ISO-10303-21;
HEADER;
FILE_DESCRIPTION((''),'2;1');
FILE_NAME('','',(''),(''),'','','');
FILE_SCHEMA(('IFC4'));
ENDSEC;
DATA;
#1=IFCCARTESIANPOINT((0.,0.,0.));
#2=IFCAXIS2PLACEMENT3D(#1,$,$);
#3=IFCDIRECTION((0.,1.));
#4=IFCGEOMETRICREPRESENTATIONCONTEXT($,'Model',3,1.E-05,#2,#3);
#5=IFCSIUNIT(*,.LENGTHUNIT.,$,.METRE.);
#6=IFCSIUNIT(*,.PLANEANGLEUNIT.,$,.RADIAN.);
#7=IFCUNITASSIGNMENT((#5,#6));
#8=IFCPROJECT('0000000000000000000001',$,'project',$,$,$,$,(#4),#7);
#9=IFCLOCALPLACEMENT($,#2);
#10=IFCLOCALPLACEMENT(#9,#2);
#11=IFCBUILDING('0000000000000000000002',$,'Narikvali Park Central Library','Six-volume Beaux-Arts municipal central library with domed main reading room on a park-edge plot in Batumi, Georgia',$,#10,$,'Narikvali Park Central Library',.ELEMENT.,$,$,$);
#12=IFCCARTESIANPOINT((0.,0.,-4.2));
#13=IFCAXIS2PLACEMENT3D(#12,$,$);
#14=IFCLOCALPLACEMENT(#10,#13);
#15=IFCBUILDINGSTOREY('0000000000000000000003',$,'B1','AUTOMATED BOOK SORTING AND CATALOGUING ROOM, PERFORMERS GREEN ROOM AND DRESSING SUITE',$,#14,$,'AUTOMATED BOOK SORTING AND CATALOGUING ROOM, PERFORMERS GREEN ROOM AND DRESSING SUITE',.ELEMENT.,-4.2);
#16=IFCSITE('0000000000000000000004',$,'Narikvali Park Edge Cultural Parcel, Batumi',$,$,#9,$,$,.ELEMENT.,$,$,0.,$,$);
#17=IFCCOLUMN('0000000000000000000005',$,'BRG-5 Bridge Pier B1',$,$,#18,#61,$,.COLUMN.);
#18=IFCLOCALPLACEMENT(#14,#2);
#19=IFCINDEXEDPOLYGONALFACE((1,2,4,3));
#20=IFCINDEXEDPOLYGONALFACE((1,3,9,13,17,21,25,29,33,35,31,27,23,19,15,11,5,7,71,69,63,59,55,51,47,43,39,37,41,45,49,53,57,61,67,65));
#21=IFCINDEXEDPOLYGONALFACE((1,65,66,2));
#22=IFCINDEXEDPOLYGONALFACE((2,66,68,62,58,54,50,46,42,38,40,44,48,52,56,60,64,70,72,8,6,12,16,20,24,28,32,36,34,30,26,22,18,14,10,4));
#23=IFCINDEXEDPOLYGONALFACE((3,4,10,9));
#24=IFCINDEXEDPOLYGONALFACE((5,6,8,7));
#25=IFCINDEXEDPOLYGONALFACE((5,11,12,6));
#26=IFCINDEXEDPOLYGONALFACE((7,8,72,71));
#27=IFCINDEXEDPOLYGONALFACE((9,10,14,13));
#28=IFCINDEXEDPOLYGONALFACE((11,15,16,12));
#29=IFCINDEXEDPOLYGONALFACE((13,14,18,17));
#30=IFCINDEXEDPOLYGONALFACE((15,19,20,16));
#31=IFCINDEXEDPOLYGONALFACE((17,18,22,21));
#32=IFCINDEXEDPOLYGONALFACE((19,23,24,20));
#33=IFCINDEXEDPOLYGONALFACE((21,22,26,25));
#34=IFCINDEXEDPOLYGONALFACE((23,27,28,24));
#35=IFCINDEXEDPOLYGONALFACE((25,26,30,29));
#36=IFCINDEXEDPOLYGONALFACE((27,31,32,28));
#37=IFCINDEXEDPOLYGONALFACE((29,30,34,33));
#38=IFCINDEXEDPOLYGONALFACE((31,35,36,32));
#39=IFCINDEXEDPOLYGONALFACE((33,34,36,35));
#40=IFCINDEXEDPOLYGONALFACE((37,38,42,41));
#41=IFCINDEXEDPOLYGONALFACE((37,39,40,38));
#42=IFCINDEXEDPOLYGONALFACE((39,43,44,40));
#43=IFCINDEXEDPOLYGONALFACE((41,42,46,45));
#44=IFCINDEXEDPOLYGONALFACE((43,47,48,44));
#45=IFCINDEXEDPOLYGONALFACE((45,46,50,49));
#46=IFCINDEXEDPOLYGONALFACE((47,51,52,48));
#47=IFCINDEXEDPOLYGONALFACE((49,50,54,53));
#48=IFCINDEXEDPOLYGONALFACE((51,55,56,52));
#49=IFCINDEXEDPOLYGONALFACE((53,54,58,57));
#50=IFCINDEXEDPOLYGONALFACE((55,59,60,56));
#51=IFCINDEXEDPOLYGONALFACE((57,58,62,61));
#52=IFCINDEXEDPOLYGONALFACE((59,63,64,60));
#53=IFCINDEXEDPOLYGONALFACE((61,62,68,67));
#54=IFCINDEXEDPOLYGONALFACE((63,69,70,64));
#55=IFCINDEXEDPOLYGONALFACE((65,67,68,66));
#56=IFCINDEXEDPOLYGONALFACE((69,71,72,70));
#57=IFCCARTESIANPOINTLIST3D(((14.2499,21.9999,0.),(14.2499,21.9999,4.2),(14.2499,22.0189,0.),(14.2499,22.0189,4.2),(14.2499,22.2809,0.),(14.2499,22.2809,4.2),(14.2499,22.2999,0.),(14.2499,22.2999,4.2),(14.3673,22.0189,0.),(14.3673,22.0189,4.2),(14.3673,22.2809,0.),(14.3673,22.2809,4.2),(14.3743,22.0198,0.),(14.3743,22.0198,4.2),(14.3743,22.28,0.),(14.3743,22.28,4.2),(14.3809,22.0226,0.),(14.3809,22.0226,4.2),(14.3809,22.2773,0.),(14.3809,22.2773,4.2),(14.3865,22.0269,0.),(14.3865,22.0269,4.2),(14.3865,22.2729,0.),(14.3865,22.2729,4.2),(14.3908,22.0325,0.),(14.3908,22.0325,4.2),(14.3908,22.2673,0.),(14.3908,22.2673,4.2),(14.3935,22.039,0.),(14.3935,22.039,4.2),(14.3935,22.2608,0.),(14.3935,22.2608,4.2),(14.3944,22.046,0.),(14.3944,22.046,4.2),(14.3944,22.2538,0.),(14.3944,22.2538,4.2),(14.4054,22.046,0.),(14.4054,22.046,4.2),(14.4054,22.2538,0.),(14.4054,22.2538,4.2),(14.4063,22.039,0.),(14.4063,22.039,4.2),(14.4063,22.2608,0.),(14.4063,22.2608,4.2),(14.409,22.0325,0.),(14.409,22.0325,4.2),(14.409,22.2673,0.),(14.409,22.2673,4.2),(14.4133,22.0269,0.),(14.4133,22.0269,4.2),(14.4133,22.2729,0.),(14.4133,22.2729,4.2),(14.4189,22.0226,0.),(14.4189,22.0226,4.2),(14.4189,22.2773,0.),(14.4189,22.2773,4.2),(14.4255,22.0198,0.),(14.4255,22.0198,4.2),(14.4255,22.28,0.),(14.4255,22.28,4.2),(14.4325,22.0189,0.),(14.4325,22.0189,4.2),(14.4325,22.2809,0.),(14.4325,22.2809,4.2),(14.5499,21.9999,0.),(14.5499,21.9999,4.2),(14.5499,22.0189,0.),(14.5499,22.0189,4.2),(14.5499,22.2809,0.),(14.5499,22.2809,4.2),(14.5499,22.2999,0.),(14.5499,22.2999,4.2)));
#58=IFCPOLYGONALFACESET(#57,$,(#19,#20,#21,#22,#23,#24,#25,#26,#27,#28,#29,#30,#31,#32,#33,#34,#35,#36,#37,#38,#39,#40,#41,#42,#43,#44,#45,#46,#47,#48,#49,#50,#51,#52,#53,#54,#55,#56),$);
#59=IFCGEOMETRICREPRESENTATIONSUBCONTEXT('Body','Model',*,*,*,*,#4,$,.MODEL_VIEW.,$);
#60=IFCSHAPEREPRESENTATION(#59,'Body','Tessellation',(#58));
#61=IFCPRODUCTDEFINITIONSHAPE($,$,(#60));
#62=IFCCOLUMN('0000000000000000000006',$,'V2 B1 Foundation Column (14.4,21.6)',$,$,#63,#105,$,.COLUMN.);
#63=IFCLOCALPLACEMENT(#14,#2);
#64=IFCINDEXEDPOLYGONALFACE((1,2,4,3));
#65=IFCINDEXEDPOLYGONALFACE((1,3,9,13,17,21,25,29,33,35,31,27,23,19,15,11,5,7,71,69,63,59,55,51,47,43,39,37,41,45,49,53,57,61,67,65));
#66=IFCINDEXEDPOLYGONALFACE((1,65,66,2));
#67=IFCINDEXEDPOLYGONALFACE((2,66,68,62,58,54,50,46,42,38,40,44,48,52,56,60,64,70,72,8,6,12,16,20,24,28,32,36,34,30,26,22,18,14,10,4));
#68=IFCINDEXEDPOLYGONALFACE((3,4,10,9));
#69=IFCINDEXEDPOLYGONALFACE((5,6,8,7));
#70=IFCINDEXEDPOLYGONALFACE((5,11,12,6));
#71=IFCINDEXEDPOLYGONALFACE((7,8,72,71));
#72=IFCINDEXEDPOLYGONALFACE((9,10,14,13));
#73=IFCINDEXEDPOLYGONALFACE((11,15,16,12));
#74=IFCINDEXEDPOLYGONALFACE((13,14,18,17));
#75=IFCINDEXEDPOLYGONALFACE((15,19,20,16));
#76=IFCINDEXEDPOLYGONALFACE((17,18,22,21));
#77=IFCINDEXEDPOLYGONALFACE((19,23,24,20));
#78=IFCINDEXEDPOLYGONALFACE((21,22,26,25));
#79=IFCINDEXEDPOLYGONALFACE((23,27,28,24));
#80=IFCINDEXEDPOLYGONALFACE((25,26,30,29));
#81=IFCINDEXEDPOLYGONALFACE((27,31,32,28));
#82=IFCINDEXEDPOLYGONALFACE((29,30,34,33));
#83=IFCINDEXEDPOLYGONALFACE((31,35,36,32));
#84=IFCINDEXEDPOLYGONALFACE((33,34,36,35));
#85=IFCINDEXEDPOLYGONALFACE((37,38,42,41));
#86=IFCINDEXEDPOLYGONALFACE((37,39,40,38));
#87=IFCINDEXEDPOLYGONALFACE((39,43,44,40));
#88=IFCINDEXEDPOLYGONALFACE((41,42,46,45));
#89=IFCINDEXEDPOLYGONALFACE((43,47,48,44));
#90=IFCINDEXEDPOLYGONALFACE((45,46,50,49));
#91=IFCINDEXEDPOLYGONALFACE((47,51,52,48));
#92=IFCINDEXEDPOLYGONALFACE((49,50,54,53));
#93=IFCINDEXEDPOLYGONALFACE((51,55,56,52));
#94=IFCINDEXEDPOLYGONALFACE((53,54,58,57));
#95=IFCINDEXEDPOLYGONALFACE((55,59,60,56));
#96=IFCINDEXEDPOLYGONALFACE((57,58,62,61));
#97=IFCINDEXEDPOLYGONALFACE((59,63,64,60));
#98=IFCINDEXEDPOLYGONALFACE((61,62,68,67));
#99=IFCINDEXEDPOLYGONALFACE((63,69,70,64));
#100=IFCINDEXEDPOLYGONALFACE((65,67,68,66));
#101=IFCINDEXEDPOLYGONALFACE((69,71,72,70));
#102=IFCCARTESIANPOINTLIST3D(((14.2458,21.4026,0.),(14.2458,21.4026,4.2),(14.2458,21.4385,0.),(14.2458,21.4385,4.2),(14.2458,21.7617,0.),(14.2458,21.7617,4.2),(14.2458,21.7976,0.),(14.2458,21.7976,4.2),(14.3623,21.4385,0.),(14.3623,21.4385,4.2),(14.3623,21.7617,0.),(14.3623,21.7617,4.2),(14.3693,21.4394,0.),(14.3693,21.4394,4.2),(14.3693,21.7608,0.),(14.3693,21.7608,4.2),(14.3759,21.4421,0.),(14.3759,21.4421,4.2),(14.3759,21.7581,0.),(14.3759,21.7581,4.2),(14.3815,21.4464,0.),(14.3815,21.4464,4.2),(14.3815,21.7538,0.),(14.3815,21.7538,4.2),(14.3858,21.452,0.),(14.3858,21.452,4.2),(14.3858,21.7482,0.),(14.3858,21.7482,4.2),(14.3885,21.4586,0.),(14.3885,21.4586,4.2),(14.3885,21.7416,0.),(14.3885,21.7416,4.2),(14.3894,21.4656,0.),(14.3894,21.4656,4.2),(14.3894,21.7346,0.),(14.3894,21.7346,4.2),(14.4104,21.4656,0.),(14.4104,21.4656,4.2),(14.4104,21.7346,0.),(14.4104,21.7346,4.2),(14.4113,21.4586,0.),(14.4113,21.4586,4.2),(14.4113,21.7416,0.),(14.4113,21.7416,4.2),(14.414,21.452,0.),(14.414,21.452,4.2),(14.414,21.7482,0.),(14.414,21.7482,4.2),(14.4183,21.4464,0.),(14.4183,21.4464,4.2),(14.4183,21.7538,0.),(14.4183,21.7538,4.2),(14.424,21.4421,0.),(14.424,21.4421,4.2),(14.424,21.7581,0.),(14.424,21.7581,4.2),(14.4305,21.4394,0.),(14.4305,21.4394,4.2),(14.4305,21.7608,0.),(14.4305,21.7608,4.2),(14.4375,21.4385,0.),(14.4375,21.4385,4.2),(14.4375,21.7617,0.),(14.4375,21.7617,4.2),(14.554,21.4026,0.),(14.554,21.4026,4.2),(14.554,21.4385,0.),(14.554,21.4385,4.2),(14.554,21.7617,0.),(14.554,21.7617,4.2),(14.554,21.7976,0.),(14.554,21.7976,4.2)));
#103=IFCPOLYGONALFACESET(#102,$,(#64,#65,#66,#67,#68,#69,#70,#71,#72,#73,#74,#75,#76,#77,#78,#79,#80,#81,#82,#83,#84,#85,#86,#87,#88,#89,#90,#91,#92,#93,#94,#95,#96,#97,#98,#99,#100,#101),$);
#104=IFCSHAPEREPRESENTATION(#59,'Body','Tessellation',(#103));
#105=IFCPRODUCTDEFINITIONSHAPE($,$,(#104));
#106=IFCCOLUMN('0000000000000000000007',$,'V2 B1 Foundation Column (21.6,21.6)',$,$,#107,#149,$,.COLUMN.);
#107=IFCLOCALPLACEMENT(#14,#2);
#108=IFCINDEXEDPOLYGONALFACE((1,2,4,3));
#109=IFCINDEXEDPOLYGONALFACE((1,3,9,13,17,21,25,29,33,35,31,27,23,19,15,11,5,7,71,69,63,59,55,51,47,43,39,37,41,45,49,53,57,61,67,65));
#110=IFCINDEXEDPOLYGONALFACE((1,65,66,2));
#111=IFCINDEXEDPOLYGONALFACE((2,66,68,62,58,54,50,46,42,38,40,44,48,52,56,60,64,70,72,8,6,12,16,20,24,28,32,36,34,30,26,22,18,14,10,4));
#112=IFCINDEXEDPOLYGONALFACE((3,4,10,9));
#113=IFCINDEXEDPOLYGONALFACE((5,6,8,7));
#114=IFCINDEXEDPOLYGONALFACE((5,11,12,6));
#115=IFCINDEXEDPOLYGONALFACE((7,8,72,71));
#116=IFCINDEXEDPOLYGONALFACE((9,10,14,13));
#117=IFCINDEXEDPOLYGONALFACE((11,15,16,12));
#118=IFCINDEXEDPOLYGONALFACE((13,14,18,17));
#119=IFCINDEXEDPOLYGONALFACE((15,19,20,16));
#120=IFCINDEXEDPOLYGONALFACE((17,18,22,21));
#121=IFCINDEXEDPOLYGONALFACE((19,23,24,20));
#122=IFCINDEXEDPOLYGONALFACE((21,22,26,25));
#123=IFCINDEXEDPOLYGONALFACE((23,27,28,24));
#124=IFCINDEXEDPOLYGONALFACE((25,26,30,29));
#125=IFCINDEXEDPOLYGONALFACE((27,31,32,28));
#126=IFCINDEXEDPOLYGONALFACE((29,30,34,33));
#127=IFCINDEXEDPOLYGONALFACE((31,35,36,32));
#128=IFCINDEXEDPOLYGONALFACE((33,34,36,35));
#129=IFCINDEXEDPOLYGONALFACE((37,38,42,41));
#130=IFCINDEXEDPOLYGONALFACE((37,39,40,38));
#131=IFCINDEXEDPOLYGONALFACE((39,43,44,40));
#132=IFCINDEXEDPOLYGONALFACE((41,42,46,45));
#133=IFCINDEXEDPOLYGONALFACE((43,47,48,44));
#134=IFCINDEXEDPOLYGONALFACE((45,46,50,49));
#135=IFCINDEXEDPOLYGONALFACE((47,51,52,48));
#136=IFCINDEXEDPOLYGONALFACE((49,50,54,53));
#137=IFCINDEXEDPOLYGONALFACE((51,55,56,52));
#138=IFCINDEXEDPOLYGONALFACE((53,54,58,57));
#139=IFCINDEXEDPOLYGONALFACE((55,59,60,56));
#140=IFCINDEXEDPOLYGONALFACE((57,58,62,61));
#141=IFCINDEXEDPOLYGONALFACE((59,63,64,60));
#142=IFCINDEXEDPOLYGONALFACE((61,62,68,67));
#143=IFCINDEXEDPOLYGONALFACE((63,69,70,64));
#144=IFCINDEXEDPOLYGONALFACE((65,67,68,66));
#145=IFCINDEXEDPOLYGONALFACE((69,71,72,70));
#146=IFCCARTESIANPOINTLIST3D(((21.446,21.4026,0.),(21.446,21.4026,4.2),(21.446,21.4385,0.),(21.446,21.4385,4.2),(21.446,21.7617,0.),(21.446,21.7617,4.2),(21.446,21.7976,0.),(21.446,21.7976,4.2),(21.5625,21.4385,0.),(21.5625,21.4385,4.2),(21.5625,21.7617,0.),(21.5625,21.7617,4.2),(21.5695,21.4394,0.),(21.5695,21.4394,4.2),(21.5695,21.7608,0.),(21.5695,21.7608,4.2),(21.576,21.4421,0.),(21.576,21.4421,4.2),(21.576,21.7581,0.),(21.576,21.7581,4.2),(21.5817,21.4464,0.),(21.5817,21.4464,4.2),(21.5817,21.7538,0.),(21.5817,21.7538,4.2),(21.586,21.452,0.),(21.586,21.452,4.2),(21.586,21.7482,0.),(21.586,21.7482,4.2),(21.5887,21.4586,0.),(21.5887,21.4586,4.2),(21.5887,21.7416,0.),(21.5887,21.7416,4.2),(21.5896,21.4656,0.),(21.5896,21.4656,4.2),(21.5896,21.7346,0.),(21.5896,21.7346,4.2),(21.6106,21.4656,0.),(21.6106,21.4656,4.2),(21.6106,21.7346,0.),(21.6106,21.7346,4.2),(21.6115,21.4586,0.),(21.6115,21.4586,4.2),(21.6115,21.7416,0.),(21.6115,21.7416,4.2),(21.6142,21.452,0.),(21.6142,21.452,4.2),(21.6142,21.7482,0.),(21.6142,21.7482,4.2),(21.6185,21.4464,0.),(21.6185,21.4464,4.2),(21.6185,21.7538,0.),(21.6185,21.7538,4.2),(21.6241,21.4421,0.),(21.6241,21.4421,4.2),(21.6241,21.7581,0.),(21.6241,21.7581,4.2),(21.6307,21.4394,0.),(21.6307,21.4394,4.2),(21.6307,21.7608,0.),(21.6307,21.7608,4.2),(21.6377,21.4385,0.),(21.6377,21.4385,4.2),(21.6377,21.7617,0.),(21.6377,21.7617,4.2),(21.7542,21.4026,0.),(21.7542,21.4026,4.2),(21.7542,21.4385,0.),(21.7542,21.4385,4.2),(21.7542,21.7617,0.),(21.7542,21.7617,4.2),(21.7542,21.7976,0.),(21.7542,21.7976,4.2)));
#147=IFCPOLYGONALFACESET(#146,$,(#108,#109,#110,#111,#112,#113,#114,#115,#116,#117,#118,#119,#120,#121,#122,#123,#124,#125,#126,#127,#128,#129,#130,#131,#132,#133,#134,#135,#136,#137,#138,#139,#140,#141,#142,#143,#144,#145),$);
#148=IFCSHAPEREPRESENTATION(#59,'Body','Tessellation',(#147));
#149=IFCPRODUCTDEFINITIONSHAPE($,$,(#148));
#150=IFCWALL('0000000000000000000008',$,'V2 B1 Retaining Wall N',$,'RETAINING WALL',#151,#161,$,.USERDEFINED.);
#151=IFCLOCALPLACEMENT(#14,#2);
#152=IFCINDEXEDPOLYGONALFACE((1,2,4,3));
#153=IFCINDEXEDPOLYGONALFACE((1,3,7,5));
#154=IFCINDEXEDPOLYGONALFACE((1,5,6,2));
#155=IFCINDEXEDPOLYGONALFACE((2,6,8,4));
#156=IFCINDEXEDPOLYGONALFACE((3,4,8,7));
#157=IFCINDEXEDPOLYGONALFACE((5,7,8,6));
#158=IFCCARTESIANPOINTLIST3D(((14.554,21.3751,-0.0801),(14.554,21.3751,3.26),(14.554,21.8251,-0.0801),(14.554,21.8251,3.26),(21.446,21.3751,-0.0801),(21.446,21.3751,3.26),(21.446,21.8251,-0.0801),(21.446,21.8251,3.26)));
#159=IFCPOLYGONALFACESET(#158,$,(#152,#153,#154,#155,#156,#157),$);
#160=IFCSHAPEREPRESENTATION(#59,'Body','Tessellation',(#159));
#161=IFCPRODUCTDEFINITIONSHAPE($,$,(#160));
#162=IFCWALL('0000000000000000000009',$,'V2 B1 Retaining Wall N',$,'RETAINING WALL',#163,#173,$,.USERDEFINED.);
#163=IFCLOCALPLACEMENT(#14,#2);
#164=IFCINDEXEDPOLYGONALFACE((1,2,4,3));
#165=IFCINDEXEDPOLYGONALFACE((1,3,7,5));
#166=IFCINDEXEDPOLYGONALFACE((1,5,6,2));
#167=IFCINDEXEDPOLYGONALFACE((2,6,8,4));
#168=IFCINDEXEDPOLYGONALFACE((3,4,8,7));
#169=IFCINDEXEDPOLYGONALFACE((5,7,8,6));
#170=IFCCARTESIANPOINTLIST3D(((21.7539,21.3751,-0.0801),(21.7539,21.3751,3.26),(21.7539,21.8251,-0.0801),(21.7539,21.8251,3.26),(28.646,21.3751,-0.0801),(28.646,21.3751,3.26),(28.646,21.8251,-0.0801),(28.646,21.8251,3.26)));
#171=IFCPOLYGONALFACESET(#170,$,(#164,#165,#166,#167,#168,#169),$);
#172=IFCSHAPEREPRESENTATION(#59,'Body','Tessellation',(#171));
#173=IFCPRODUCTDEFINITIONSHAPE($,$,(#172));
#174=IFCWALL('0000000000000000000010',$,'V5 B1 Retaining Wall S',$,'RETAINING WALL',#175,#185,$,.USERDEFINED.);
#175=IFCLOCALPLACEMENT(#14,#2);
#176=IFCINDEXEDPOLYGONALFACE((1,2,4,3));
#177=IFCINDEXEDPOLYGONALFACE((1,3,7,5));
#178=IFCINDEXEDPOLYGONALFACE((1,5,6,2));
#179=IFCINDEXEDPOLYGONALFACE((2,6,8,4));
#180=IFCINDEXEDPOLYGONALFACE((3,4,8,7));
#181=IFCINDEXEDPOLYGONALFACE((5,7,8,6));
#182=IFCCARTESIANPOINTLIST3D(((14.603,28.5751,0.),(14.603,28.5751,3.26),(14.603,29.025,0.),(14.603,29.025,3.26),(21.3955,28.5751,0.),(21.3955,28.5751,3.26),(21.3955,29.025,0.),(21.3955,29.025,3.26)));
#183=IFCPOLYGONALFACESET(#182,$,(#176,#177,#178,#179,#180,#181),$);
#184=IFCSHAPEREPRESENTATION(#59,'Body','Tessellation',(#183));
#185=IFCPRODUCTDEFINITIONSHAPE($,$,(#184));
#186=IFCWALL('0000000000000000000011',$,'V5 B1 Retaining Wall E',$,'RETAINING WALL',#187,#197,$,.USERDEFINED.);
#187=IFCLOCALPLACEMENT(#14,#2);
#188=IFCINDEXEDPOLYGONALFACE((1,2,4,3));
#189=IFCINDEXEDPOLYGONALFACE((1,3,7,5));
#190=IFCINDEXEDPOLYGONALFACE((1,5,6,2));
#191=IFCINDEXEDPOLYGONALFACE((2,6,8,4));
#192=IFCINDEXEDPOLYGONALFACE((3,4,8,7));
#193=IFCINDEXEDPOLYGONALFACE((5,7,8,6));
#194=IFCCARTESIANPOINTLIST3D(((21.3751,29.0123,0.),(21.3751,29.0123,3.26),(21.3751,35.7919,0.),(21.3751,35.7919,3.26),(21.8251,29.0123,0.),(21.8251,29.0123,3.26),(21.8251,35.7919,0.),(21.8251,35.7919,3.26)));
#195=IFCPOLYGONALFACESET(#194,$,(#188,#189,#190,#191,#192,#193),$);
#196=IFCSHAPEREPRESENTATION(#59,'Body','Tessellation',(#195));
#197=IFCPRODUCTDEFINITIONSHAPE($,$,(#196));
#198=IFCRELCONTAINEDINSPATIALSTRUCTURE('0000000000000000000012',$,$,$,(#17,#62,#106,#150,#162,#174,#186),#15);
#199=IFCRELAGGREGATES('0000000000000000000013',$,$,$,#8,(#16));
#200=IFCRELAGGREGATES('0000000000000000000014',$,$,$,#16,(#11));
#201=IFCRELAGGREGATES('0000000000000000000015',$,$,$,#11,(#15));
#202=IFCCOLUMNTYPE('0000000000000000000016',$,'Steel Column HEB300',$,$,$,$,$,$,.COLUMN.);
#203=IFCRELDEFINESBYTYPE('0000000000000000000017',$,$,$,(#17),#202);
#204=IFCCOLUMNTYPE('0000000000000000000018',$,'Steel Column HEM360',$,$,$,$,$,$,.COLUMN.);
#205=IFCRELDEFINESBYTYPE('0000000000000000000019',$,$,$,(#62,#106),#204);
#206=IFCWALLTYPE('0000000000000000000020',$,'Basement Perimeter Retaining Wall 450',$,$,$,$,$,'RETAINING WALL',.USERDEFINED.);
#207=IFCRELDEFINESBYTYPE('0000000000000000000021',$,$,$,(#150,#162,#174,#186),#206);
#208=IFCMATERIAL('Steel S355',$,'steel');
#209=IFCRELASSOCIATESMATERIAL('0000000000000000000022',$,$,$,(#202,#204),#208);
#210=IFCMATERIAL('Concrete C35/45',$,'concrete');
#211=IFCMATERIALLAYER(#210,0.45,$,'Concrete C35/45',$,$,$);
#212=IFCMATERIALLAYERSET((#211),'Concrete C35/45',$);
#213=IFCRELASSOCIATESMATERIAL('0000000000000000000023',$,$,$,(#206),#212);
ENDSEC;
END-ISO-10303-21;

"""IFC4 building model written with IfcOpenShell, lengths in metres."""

from ifc_helpers import new_model, si_unit, direction, frame, frame_2d, origin, origin_2d, place, context, subcontext, project, spatial, rectangle, i_section, extrude, material, layer, layer_set, material_profile, profile_set, type_object, element, save


model = new_model("IFC4")

# Units and contexts
model_context = context("Model", 3, precision=1e-05, world=origin(), true_north=direction((0.0, 1.0)))
body_context = subcontext(model_context, "Body", "Model", "MODEL_VIEW")
ifc_project = project(units=[si_unit("LENGTHUNIT", "METRE"), si_unit("PLANEANGLEUNIT", "RADIAN")], contexts=[model_context])

# Site, building, storey
site_placement = place(None, origin())
site = spatial("IfcSite", under=ifc_project, at=site_placement, Name="Narikvali Park Edge Cultural Parcel, Batumi", CompositionType="ELEMENT", RefElevation=0.0)
building_placement = place(site_placement, origin())
building = spatial("IfcBuilding", under=site, at=building_placement, Name="Narikvali Park Central Library", Description="Six-volume Beaux-Arts municipal central library with domed main reading room on a park-edge plot in Batumi, Georgia", LongName="Narikvali Park Central Library", CompositionType="ELEMENT")
storey_placement = place(building_placement, frame((0.0, 0.0, -4.2)))
storey = spatial("IfcBuildingStorey", under=building, at=storey_placement, Name="B1", Description="AUTOMATED BOOK SORTING AND CATALOGUING ROOM, PERFORMERS GREEN ROOM AND DRESSING SUITE", LongName="AUTOMATED BOOK SORTING AND CATALOGUING ROOM, PERFORMERS GREEN ROOM AND DRESSING SUITE", CompositionType="ELEMENT", Elevation=-4.2)

# Shared definitions
ifc_material_1 = material(Name="Concrete C35/45", Category="concrete")

# Columns
ifc_material_2 = material(Name="Steel S355", Category="steel")
ifc_material_profile_1 = material_profile(ifc_material_2, i_section(OverallWidth=0.3, OverallDepth=0.3, WebThickness=0.011, FlangeThickness=0.019, FilletRadius=0.0271, at=origin_2d()), Name="HEB 300")
ifc_profile_set_1 = profile_set([ifc_material_profile_1], Name="Steel S355")
column_type_1 = type_object("IfcColumnType", Name="Steel Column HEB300", PredefinedType="COLUMN", material=ifc_profile_set_1)
column_1_placement = place(storey_placement, frame((14.3999, 22.1499, 0.0), z_axis=(0.0, 0.0, 1.0), x_axis=(1.0, 0.0, 0.0)))
element("IfcColumn", 1, at=column_1_placement, inside=storey, type_object=column_type_1, Name="BRG-5 Bridge Pier B1", PredefinedType="COLUMN", context=body_context, shape_type="SweptSolid", body=[
    extrude(i_section(OverallWidth=0.3, OverallDepth=0.3, WebThickness=0.011, FlangeThickness=0.019, FilletRadius=0.0271, at=origin_2d()), origin(), (0.0, 0.0, 1.0), 4.2),
])
ifc_material_profile_2 = material_profile(ifc_material_2, i_section(OverallWidth=0.3081, OverallDepth=0.395, WebThickness=0.021, FlangeThickness=0.0359, FilletRadius=0.0271, at=origin_2d()), Name="HEM 360")
ifc_profile_set_2 = profile_set([ifc_material_profile_2], Name="Steel S355")
column_type_2 = type_object("IfcColumnType", Name="Steel Column HEM360", PredefinedType="COLUMN", material=ifc_profile_set_2)
for number, where, z_axis, x_axis, name in (
    (2, (14.3999, 21.6001, 0.0), (0.0, 0.0, 1.0), (1.0, 0.0, 0.0), "V2 B1 Foundation Column (14.4,21.6)"),
    (3, (21.6001, 21.6001, 0.0), (0.0, 0.0, 1.0), (1.0, 0.0, 0.0), "V2 B1 Foundation Column (21.6,21.6)"),
):
    element("IfcColumn", number, at=place(storey_placement, frame(where, z_axis=z_axis, x_axis=x_axis)), inside=storey, type_object=column_type_2, Name=name, PredefinedType="COLUMN", context=body_context, shape_type="SweptSolid", body=[
        extrude(i_section(OverallWidth=0.3081, OverallDepth=0.395, WebThickness=0.021, FlangeThickness=0.0359, FilletRadius=0.0271, at=origin_2d()), origin(), (0.0, 0.0, 1.0), 4.2),
    ])

# Walls
ifc_layer_1 = layer(ifc_material_1, 0.45, Name="Concrete C35/45")
ifc_layer_set_1 = layer_set([ifc_layer_1], Name="Concrete C35/45")
wall_type = type_object("IfcWallType", Name="Basement Perimeter Retaining Wall 450", ElementType="RETAINING WALL", PredefinedType="USERDEFINED", material=ifc_layer_set_1)
for number, where, z_axis, x_axis, name in (
    (4, (14.554, 21.6001, -0.0801), (0.0, 0.0, 1.0), (1.0, 0.0, 0.0), "V2 B1 Retaining Wall N"),
    (5, (21.7539, 21.6001, -0.0801), (0.0, 0.0, 1.0), (1.0, 0.0, 0.0), "V2 B1 Retaining Wall N"),
):
    element("IfcWall", number, at=place(storey_placement, frame(where, z_axis=z_axis, x_axis=x_axis)), inside=storey, type_object=wall_type, Name=name, ObjectType="RETAINING WALL", PredefinedType="USERDEFINED", context=body_context, shape_type="SweptSolid", body=[
        extrude(rectangle(XDim=6.8921, YDim=0.45, at=frame_2d((3.446, 0.0))), origin(), (0.0, 0.0, 1.0), 3.3401),
    ])
wall_1_placement = place(storey_placement, frame((14.603, 28.8, 0.0), z_axis=(0.0, 0.0, 1.0), x_axis=(1.0, 0.0, 0.0)))
element("IfcWall", 6, at=wall_1_placement, inside=storey, type_object=wall_type, Name="V5 B1 Retaining Wall S", ObjectType="RETAINING WALL", PredefinedType="USERDEFINED", context=body_context, shape_type="SweptSolid", body=[
    extrude(rectangle(XDim=6.7925, YDim=0.45, at=frame_2d((3.3962, 0.0))), origin(), (0.0, 0.0, 1.0), 3.26),
])
wall_2_placement = place(storey_placement, frame((21.6001, 29.0125, 0.0), z_axis=(0.0, 0.0, 1.0), x_axis=(0.0, 1.0, 0.0)))
element("IfcWall", 7, at=wall_2_placement, inside=storey, type_object=wall_type, Name="V5 B1 Retaining Wall E", ObjectType="RETAINING WALL", PredefinedType="USERDEFINED", context=body_context, shape_type="SweptSolid", body=[
    extrude(rectangle(XDim=6.7795, YDim=0.45, at=frame_2d((3.3896, 0.0))), origin(), (0.0, 0.0, 1.0), 3.26),
])

save(model, "model.ifc")
